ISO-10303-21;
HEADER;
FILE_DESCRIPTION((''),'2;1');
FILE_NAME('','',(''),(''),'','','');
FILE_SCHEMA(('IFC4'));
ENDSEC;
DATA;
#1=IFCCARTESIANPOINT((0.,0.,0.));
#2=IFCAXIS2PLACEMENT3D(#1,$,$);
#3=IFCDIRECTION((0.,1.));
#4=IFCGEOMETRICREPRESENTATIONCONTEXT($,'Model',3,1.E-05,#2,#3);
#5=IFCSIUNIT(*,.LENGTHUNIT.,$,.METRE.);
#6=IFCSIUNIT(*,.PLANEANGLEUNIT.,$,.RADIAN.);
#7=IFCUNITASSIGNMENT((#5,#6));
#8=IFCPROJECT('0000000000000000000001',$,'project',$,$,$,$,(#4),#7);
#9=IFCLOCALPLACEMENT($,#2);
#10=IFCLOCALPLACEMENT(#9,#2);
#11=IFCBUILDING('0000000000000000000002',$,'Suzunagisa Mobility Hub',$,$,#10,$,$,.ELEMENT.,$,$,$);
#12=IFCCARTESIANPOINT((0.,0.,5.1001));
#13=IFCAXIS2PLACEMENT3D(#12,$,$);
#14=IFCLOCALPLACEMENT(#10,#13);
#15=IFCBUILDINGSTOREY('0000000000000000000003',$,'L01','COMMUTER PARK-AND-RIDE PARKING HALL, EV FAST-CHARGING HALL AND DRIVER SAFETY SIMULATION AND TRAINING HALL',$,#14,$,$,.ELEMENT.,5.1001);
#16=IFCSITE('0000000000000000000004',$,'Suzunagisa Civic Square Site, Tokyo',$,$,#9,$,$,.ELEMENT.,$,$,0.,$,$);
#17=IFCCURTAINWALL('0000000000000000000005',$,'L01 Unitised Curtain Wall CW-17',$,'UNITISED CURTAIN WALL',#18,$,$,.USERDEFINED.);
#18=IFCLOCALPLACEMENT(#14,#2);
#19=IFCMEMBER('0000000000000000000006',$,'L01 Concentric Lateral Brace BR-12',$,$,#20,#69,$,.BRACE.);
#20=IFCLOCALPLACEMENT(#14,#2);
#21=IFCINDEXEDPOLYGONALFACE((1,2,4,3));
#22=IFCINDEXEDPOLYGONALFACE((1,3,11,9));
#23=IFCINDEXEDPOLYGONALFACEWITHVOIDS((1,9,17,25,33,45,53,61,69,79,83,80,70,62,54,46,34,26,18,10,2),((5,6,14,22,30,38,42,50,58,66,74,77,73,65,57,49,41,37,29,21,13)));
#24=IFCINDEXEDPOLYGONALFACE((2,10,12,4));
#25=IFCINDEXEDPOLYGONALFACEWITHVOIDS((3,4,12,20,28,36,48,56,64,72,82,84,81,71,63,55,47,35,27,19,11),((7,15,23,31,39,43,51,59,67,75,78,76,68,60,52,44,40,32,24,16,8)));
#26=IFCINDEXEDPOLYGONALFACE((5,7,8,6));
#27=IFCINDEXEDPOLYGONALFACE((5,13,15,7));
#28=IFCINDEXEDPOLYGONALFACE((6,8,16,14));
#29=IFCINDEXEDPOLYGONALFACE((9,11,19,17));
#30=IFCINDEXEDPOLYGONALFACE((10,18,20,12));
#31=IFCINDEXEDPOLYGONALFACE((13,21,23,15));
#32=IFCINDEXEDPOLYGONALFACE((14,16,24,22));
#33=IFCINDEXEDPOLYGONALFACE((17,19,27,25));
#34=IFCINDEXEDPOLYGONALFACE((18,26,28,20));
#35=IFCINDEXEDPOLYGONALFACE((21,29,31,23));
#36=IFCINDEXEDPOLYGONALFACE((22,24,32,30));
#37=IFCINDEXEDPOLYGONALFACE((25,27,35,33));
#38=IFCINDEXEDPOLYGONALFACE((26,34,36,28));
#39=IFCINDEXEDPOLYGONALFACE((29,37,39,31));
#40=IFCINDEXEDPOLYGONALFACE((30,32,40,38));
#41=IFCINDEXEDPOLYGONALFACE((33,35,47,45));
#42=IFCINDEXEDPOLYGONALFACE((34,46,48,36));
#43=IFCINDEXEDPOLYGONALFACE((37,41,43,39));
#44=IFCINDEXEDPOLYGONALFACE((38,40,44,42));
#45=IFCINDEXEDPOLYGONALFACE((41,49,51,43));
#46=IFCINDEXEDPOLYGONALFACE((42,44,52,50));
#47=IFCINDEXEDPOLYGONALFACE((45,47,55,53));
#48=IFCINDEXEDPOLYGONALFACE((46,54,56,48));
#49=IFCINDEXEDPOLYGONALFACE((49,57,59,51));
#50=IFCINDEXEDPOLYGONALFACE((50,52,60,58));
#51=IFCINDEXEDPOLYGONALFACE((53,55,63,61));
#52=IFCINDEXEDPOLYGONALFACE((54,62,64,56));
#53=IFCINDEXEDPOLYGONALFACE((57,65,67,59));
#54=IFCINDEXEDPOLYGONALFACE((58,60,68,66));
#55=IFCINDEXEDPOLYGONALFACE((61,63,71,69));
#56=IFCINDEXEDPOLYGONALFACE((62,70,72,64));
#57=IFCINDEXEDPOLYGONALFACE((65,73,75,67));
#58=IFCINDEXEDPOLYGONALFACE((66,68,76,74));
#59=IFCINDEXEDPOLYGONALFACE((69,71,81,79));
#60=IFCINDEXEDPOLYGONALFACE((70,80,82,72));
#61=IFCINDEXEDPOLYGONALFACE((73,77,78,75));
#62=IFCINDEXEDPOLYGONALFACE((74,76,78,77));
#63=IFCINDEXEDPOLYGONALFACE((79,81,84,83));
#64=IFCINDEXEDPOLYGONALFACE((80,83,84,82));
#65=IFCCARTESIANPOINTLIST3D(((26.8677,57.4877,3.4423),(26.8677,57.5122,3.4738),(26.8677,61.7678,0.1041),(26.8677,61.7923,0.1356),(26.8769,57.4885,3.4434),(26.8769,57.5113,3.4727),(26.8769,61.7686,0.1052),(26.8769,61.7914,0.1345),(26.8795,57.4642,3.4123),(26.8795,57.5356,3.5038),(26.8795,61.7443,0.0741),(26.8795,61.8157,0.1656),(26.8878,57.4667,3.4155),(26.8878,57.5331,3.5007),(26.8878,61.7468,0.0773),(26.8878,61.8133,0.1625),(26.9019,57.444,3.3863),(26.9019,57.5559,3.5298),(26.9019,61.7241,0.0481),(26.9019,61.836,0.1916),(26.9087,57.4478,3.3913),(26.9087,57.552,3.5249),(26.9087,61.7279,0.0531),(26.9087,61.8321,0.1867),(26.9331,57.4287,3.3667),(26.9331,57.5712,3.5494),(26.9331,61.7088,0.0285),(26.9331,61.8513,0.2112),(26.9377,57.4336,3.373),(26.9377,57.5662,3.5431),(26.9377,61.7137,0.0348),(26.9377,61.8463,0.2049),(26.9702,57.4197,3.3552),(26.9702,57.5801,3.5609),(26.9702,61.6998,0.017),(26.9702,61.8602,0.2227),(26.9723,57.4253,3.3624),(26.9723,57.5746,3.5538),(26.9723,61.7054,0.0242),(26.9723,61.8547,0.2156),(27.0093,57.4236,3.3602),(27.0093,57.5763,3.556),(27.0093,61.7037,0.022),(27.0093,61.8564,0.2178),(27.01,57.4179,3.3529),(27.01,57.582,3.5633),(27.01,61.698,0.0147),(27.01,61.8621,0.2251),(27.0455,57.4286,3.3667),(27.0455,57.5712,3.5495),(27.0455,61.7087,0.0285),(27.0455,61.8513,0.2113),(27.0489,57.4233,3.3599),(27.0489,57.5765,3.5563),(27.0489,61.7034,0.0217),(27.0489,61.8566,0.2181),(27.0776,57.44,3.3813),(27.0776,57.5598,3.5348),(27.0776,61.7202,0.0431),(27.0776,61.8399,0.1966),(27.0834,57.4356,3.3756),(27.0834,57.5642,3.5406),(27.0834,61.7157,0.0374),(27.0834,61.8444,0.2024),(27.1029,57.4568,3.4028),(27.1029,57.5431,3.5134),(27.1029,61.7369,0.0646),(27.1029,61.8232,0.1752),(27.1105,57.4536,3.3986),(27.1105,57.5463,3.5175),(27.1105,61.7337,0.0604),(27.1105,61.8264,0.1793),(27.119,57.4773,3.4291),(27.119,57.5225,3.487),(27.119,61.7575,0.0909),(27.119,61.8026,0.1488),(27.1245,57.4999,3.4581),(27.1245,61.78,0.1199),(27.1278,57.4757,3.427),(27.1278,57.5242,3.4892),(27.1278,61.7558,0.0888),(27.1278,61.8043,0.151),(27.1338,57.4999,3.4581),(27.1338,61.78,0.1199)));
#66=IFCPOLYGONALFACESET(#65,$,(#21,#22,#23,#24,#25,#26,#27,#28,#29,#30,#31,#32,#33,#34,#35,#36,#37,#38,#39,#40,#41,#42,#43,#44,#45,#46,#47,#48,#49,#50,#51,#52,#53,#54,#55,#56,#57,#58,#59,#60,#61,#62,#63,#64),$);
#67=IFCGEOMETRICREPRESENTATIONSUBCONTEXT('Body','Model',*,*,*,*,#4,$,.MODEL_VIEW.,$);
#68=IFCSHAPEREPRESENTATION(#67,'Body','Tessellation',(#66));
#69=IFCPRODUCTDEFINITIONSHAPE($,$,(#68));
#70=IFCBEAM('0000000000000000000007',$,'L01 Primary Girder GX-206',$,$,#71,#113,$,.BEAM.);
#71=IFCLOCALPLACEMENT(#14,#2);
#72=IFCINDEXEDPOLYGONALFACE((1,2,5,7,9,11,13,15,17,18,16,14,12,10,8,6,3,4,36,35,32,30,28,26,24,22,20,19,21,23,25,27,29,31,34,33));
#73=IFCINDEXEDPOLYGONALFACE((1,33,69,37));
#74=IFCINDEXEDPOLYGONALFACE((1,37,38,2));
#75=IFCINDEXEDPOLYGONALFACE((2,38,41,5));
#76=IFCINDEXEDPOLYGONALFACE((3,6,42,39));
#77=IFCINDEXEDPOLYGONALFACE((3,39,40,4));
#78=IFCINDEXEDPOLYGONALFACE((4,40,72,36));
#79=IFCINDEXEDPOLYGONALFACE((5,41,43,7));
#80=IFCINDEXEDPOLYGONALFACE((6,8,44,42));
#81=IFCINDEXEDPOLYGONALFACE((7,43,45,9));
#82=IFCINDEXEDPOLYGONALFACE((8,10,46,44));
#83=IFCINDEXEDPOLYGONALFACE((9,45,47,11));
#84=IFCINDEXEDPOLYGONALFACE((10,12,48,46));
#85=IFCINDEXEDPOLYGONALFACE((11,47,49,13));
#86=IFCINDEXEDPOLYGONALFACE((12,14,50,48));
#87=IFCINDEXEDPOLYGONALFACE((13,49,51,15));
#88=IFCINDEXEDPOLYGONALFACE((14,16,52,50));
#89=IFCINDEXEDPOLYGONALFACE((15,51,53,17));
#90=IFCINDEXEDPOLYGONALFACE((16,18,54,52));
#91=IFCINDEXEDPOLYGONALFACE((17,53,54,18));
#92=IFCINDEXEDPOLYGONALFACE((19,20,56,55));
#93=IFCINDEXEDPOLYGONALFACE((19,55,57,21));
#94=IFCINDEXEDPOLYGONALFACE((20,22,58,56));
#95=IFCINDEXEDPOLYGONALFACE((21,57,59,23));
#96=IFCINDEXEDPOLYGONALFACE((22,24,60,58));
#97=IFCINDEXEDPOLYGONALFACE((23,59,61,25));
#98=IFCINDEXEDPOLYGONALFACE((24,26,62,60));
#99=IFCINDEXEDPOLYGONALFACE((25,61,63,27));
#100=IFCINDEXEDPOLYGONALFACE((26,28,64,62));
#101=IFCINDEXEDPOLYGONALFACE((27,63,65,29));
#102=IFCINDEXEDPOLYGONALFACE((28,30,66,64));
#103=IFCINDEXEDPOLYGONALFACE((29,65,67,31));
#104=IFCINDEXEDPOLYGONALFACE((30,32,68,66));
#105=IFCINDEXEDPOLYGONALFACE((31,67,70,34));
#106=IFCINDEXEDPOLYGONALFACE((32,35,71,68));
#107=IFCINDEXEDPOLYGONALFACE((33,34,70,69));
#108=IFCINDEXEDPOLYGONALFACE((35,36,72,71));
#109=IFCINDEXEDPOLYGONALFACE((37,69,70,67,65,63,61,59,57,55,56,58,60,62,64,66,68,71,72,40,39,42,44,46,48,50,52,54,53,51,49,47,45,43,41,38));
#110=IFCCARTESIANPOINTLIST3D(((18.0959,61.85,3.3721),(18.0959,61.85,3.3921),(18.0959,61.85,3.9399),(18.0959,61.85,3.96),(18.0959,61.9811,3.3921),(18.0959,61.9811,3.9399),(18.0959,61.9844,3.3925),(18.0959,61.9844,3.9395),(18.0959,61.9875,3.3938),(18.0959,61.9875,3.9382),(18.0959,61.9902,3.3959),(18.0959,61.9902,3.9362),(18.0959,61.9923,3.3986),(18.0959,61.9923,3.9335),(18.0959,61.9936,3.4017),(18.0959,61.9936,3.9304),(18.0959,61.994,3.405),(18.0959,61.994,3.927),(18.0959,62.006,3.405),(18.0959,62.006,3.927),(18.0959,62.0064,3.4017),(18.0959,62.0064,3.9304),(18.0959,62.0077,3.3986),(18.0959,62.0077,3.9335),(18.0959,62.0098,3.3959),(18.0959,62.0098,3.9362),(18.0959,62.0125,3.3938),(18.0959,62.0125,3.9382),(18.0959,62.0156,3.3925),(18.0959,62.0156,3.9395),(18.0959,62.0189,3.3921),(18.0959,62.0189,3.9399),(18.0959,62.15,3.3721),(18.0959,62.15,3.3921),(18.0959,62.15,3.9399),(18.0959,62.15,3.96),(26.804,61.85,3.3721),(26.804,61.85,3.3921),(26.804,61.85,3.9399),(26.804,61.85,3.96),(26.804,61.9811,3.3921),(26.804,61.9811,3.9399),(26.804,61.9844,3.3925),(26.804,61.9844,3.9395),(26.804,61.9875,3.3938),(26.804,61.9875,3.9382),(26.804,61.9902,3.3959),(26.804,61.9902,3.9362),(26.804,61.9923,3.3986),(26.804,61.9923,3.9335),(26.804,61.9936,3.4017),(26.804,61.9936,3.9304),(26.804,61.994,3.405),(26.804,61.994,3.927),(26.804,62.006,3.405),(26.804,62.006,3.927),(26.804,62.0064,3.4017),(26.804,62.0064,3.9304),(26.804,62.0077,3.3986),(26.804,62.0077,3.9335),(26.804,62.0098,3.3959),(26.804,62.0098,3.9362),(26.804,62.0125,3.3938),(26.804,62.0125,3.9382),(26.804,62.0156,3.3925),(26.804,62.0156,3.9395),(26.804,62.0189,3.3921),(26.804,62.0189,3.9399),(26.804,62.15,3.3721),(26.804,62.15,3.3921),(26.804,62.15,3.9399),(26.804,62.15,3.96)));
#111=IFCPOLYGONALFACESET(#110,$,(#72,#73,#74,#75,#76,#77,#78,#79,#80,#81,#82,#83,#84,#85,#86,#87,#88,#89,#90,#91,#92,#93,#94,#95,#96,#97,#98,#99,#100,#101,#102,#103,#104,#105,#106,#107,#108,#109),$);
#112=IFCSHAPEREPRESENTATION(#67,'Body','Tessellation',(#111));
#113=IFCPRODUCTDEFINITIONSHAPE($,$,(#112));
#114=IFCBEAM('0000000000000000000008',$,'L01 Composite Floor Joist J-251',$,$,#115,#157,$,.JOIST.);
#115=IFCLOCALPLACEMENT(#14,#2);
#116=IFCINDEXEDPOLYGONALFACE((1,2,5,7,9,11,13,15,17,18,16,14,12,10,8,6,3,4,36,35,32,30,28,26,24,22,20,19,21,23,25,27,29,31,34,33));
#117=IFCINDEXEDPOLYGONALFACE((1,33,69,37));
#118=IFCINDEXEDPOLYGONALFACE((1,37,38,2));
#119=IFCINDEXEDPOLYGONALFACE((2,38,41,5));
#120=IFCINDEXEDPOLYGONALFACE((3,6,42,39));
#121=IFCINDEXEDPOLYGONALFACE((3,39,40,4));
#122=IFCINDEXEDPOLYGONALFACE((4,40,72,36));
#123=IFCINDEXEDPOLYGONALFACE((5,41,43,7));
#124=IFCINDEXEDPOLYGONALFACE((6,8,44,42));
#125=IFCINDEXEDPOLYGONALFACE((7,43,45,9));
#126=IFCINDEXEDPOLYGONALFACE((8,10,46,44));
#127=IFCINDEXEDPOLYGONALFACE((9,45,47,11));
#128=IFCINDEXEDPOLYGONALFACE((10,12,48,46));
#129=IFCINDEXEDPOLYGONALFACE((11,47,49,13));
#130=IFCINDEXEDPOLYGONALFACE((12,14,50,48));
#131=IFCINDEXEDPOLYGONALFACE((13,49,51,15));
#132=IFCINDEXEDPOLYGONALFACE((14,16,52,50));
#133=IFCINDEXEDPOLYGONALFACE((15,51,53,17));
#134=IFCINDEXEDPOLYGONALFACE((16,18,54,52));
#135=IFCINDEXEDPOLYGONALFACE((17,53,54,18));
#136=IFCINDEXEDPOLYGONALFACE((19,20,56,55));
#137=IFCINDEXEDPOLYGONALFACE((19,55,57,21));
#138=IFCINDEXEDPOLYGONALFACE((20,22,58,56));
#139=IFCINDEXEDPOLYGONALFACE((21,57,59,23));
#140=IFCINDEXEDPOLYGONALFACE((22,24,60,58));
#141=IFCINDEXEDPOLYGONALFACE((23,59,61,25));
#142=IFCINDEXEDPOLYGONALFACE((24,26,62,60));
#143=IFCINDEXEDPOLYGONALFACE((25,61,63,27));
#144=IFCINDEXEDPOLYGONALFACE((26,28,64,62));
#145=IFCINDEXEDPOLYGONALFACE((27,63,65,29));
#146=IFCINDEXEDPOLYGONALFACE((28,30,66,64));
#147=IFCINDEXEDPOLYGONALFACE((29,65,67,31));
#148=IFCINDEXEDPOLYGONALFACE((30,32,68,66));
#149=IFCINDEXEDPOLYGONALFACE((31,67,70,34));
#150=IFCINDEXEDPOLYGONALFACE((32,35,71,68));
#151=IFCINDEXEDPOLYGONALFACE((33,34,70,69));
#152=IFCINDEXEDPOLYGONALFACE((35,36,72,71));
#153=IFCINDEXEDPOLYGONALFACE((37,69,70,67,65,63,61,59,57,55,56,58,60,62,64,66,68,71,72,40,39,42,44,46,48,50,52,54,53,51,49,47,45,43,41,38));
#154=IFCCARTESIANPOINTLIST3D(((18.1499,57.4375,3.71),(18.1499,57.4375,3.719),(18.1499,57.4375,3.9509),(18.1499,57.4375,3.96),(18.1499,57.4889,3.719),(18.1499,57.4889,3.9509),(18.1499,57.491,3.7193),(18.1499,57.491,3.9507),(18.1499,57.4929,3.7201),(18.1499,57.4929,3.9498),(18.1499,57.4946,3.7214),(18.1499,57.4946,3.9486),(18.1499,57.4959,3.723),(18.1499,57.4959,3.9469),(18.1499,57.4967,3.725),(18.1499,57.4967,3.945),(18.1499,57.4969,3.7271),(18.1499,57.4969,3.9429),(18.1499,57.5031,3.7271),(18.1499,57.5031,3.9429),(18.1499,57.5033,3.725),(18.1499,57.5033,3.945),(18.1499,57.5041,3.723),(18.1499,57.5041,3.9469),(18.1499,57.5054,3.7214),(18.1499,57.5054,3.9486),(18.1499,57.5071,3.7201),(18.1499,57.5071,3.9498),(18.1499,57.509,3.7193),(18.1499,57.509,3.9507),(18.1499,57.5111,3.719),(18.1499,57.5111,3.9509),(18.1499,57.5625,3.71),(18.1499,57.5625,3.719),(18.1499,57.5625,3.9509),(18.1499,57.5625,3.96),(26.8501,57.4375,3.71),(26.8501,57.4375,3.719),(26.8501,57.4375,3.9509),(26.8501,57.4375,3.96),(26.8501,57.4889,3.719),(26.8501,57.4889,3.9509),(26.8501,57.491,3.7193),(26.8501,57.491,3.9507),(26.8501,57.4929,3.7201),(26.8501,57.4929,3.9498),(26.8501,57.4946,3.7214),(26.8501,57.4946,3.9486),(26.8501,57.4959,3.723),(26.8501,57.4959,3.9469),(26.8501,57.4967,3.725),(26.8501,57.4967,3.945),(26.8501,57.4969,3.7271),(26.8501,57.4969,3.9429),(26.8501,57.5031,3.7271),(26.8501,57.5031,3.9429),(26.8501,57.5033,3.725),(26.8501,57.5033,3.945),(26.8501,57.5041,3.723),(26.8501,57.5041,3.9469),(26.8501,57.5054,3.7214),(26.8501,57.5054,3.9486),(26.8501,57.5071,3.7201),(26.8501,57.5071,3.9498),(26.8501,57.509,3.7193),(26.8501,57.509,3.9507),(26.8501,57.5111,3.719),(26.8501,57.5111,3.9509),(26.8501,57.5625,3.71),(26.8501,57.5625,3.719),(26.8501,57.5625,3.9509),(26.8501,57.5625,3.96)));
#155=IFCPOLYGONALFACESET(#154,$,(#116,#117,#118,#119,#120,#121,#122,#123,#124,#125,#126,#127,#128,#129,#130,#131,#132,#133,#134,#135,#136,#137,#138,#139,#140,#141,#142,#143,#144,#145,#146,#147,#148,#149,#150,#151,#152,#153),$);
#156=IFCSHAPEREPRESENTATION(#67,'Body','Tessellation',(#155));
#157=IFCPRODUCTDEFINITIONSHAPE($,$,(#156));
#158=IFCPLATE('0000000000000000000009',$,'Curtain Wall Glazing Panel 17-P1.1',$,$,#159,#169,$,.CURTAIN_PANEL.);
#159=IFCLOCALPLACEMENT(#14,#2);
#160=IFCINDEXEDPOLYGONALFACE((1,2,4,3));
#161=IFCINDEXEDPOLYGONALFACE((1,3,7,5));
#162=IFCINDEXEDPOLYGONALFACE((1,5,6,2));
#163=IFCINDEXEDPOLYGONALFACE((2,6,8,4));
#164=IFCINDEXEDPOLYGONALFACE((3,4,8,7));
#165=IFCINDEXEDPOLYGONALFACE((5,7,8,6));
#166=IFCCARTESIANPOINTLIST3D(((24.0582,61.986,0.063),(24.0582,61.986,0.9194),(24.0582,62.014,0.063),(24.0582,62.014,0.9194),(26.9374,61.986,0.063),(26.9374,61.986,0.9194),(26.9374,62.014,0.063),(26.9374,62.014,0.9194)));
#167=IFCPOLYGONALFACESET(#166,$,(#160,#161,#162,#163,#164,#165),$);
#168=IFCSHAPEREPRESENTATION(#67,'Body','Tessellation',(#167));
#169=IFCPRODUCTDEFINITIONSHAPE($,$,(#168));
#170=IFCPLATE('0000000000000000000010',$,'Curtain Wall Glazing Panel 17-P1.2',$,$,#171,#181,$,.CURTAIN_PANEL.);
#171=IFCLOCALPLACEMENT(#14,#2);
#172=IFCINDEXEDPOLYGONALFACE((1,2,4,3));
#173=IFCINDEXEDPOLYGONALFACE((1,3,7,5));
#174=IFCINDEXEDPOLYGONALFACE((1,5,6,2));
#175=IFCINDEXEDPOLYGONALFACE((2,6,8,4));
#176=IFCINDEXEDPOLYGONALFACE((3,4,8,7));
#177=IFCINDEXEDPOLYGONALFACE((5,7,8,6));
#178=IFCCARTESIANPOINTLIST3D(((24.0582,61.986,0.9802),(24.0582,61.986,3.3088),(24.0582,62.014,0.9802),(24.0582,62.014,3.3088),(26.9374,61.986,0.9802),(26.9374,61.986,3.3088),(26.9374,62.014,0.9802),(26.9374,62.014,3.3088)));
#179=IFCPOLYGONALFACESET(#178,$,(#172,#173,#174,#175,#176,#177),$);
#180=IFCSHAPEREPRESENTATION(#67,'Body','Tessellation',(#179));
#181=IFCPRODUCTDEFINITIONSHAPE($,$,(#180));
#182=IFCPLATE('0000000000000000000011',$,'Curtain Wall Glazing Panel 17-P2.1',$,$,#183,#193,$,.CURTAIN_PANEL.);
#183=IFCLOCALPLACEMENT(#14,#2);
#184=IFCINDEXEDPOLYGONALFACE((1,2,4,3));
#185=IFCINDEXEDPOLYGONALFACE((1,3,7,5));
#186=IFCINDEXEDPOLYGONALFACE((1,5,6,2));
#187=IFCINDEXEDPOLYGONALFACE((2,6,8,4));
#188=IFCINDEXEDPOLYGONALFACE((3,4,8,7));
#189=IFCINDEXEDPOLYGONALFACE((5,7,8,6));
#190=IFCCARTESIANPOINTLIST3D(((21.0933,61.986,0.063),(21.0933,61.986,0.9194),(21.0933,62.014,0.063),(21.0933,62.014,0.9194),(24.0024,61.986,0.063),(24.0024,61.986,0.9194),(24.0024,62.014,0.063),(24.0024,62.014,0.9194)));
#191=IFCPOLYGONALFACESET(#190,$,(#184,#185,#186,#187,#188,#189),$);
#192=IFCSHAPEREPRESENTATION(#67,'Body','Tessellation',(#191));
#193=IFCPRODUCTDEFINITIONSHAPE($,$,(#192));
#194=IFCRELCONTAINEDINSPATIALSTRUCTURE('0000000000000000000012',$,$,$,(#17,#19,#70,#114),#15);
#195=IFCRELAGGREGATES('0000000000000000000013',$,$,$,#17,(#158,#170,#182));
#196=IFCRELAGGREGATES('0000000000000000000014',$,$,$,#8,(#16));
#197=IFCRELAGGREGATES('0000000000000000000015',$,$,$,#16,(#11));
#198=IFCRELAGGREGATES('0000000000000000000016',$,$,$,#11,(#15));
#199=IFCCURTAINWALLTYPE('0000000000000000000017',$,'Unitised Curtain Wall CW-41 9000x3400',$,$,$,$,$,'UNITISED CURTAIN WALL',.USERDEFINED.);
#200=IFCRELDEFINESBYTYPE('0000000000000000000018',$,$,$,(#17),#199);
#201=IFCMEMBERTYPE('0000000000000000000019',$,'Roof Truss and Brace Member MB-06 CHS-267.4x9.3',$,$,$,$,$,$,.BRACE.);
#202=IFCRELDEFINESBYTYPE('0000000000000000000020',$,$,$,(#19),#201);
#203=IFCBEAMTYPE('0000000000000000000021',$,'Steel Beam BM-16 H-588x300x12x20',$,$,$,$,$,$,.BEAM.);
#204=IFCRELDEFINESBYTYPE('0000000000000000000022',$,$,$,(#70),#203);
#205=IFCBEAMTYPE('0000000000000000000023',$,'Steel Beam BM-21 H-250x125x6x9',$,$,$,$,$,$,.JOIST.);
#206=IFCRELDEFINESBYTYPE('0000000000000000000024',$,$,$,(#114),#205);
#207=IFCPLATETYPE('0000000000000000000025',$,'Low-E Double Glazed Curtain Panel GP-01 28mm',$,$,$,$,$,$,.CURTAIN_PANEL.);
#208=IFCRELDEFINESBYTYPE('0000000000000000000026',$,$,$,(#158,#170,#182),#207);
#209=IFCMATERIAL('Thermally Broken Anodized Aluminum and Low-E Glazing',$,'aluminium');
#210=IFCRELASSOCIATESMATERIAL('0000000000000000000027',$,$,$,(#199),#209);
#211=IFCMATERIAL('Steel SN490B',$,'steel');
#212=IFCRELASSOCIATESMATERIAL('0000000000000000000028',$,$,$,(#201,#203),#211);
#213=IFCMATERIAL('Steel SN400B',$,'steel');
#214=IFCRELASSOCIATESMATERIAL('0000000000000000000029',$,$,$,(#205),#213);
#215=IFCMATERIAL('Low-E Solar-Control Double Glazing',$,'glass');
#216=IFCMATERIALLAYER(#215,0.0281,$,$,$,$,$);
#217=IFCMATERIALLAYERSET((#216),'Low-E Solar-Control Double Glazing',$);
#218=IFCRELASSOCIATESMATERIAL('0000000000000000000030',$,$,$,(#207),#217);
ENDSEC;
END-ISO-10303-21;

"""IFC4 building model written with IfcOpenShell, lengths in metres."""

from ifc_helpers import new_model, si_unit, direction, frame, origin, origin_2d, place, context, subcontext, project, spatial, rectangle, hollow_circle, i_section, extrude, material, layer, layer_set, material_profile, profile_set, type_object, element, aggregate, save


model = new_model("IFC4")

# Units and contexts
model_context = context("Model", 3, precision=1e-05, world=origin(), true_north=direction((0.0, 1.0)))
body_context = subcontext(model_context, "Body", "Model", "MODEL_VIEW")
ifc_project = project(units=[si_unit("LENGTHUNIT", "METRE"), si_unit("PLANEANGLEUNIT", "RADIAN")], contexts=[model_context])

# Site, building, storey
site_placement = place(None, origin())
site = spatial("IfcSite", under=ifc_project, at=site_placement, Name="Suzunagisa Civic Square Site, Tokyo", CompositionType="ELEMENT", RefElevation=0.0)
building_placement = place(site_placement, origin())
building = spatial("IfcBuilding", under=site, at=building_placement, Name="Suzunagisa Mobility Hub", CompositionType="ELEMENT")
storey_placement = place(building_placement, frame((0.0, 0.0, 5.1001)))
storey = spatial("IfcBuildingStorey", under=building, at=storey_placement, Name="L01", Description="COMMUTER PARK-AND-RIDE PARKING HALL, EV FAST-CHARGING HALL AND DRIVER SAFETY SIMULATION AND TRAINING HALL", CompositionType="ELEMENT", Elevation=5.1001)

# Shared definitions
ifc_material_1 = material(Name="Steel SN490B", Category="steel")

# Curtain wall
ifc_material_2 = material(Name="Thermally Broken Anodized Aluminum and Low-E Glazing", Category="aluminium")
curtain_wall_type = type_object("IfcCurtainWallType", Name="Unitised Curtain Wall CW-41 9000x3400", ElementType="UNITISED CURTAIN WALL", PredefinedType="USERDEFINED", material=ifc_material_2)
curtain_wall_placement = place(storey_placement, origin())
curtain_wall = element("IfcCurtainWall", 1, at=curtain_wall_placement, inside=storey, type_object=curtain_wall_type, Name="L01 Unitised Curtain Wall CW-17", ObjectType="UNITISED CURTAIN WALL", PredefinedType="USERDEFINED")

# Member
ifc_material_profile_1 = material_profile(ifc_material_1, hollow_circle(Radius=0.1338, WallThickness=0.0093, at=origin_2d()), Name="CHS-267.4x9.3")
ifc_profile_set_1 = profile_set([ifc_material_profile_1], Name="Steel SN490B")
member_type_1 = type_object("IfcMemberType", Name="Roof Truss and Brace Member MB-06 CHS-267.4x9.3", PredefinedType="BRACE", material=ifc_profile_set_1)
member_1_placement = place(storey_placement, frame((27.0, 61.78, 0.1199), z_axis=(0.0, -0.788528, 0.614999), x_axis=(1.0, 0.0, 0.0)))
element("IfcMember", 2, at=member_1_placement, inside=storey, type_object=member_type_1, Name="L01 Concentric Lateral Brace BR-12", PredefinedType="BRACE", context=body_context, shape_type="SweptSolid", body=[
    extrude(hollow_circle(Radius=0.1338, WallThickness=0.0093, at=origin_2d()), origin(), (0.0, 0.0, 1.0), 5.428),
])

# Beams
ifc_material_profile_2 = material_profile(ifc_material_1, i_section(OverallWidth=0.3, OverallDepth=0.5879, WebThickness=0.012, FlangeThickness=0.02, FilletRadius=0.0129, at=origin_2d()), Name="H-588x300x12x20")
ifc_profile_set_2 = profile_set([ifc_material_profile_2], Name="Steel SN490B")
beam_type_1 = type_object("IfcBeamType", Name="Steel Beam BM-16 H-588x300x12x20", PredefinedType="BEAM", material=ifc_profile_set_2)
beam_1_placement = place(storey_placement, frame((18.0959, 62.0, 3.666), z_axis=(1.0, 0.0, 0.0), x_axis=(0.0, 1.0, 0.0)))
element("IfcBeam", 3, at=beam_1_placement, inside=storey, type_object=beam_type_1, Name="L01 Primary Girder GX-206", PredefinedType="BEAM", context=body_context, shape_type="SweptSolid", body=[
    extrude(i_section(OverallWidth=0.3, OverallDepth=0.5879, WebThickness=0.012, FlangeThickness=0.02, FilletRadius=0.0129, at=origin_2d()), origin(), (0.0, 0.0, 1.0), 8.708),
])
ifc_material_3 = material(Name="Steel SN400B", Category="steel")
ifc_material_profile_3 = material_profile(ifc_material_3, i_section(OverallWidth=0.125, OverallDepth=0.25, WebThickness=0.0061, FlangeThickness=0.009, FilletRadius=0.0081, at=origin_2d()), Name="H-250x125x6x9")
ifc_profile_set_3 = profile_set([ifc_material_profile_3], Name="Steel SN400B")
beam_type_2 = type_object("IfcBeamType", Name="Steel Beam BM-21 H-250x125x6x9", PredefinedType="JOIST", material=ifc_profile_set_3)
beam_2_placement = place(storey_placement, frame((18.1499, 57.5, 3.835), z_axis=(1.0, 0.0, 0.0), x_axis=(0.0, 1.0, 0.0)))
element("IfcBeam", 4, at=beam_2_placement, inside=storey, type_object=beam_type_2, Name="L01 Composite Floor Joist J-251", PredefinedType="JOIST", context=body_context, shape_type="SweptSolid", body=[
    extrude(i_section(OverallWidth=0.125, OverallDepth=0.25, WebThickness=0.0061, FlangeThickness=0.009, FilletRadius=0.0081, at=origin_2d()), origin(), (0.0, 0.0, 1.0), 8.7002),
])

# Plates
ifc_material_4 = material(Name="Low-E Solar-Control Double Glazing", Category="glass")
ifc_layer_1 = layer(ifc_material_4, 0.0281)
ifc_layer_set_1 = layer_set([ifc_layer_1], Name="Low-E Solar-Control Double Glazing")
plate_type_1 = type_object("IfcPlateType", Name="Low-E Double Glazed Curtain Panel GP-01 28mm", PredefinedType="CURTAIN_PANEL", material=ifc_layer_set_1)
plate_1_placement = place(storey_placement, frame((25.4978, 62.0, 0.063), z_axis=(0.0, 0.0, 1.0), x_axis=(-1.0, 0.0, 0.0)))
plate_1 = element("IfcPlate", 5, at=plate_1_placement, type_object=plate_type_1, Name="Curtain Wall Glazing Panel 17-P1.1", PredefinedType="CURTAIN_PANEL", context=body_context, shape_type="SweptSolid", body=[
    extrude(rectangle(XDim=2.8792, YDim=0.0281, at=origin_2d()), origin(), (0.0, 0.0, 1.0), 0.8564),
])
plate_2_placement = place(storey_placement, frame((25.4978, 62.0, 0.9802), z_axis=(0.0, 0.0, 1.0), x_axis=(-1.0, 0.0, 0.0)))
plate_2 = element("IfcPlate", 6, at=plate_2_placement, type_object=plate_type_1, Name="Curtain Wall Glazing Panel 17-P1.2", PredefinedType="CURTAIN_PANEL", context=body_context, shape_type="SweptSolid", body=[
    extrude(rectangle(XDim=2.8792, YDim=0.0281, at=origin_2d()), origin(), (0.0, 0.0, 1.0), 2.3286),
])
plate_3_placement = place(storey_placement, frame((22.5479, 62.0, 0.063), z_axis=(0.0, 0.0, 1.0), x_axis=(-1.0, 0.0, 0.0)))
plate_3 = element("IfcPlate", 7, at=plate_3_placement, type_object=plate_type_1, Name="Curtain Wall Glazing Panel 17-P2.1", PredefinedType="CURTAIN_PANEL", context=body_context, shape_type="SweptSolid", body=[
    extrude(rectangle(XDim=2.9092, YDim=0.0281, at=origin_2d()), origin(), (0.0, 0.0, 1.0), 0.8564),
])
aggregate(curtain_wall, [plate_1, plate_2, plate_3])

save(model, "model.ifc")
